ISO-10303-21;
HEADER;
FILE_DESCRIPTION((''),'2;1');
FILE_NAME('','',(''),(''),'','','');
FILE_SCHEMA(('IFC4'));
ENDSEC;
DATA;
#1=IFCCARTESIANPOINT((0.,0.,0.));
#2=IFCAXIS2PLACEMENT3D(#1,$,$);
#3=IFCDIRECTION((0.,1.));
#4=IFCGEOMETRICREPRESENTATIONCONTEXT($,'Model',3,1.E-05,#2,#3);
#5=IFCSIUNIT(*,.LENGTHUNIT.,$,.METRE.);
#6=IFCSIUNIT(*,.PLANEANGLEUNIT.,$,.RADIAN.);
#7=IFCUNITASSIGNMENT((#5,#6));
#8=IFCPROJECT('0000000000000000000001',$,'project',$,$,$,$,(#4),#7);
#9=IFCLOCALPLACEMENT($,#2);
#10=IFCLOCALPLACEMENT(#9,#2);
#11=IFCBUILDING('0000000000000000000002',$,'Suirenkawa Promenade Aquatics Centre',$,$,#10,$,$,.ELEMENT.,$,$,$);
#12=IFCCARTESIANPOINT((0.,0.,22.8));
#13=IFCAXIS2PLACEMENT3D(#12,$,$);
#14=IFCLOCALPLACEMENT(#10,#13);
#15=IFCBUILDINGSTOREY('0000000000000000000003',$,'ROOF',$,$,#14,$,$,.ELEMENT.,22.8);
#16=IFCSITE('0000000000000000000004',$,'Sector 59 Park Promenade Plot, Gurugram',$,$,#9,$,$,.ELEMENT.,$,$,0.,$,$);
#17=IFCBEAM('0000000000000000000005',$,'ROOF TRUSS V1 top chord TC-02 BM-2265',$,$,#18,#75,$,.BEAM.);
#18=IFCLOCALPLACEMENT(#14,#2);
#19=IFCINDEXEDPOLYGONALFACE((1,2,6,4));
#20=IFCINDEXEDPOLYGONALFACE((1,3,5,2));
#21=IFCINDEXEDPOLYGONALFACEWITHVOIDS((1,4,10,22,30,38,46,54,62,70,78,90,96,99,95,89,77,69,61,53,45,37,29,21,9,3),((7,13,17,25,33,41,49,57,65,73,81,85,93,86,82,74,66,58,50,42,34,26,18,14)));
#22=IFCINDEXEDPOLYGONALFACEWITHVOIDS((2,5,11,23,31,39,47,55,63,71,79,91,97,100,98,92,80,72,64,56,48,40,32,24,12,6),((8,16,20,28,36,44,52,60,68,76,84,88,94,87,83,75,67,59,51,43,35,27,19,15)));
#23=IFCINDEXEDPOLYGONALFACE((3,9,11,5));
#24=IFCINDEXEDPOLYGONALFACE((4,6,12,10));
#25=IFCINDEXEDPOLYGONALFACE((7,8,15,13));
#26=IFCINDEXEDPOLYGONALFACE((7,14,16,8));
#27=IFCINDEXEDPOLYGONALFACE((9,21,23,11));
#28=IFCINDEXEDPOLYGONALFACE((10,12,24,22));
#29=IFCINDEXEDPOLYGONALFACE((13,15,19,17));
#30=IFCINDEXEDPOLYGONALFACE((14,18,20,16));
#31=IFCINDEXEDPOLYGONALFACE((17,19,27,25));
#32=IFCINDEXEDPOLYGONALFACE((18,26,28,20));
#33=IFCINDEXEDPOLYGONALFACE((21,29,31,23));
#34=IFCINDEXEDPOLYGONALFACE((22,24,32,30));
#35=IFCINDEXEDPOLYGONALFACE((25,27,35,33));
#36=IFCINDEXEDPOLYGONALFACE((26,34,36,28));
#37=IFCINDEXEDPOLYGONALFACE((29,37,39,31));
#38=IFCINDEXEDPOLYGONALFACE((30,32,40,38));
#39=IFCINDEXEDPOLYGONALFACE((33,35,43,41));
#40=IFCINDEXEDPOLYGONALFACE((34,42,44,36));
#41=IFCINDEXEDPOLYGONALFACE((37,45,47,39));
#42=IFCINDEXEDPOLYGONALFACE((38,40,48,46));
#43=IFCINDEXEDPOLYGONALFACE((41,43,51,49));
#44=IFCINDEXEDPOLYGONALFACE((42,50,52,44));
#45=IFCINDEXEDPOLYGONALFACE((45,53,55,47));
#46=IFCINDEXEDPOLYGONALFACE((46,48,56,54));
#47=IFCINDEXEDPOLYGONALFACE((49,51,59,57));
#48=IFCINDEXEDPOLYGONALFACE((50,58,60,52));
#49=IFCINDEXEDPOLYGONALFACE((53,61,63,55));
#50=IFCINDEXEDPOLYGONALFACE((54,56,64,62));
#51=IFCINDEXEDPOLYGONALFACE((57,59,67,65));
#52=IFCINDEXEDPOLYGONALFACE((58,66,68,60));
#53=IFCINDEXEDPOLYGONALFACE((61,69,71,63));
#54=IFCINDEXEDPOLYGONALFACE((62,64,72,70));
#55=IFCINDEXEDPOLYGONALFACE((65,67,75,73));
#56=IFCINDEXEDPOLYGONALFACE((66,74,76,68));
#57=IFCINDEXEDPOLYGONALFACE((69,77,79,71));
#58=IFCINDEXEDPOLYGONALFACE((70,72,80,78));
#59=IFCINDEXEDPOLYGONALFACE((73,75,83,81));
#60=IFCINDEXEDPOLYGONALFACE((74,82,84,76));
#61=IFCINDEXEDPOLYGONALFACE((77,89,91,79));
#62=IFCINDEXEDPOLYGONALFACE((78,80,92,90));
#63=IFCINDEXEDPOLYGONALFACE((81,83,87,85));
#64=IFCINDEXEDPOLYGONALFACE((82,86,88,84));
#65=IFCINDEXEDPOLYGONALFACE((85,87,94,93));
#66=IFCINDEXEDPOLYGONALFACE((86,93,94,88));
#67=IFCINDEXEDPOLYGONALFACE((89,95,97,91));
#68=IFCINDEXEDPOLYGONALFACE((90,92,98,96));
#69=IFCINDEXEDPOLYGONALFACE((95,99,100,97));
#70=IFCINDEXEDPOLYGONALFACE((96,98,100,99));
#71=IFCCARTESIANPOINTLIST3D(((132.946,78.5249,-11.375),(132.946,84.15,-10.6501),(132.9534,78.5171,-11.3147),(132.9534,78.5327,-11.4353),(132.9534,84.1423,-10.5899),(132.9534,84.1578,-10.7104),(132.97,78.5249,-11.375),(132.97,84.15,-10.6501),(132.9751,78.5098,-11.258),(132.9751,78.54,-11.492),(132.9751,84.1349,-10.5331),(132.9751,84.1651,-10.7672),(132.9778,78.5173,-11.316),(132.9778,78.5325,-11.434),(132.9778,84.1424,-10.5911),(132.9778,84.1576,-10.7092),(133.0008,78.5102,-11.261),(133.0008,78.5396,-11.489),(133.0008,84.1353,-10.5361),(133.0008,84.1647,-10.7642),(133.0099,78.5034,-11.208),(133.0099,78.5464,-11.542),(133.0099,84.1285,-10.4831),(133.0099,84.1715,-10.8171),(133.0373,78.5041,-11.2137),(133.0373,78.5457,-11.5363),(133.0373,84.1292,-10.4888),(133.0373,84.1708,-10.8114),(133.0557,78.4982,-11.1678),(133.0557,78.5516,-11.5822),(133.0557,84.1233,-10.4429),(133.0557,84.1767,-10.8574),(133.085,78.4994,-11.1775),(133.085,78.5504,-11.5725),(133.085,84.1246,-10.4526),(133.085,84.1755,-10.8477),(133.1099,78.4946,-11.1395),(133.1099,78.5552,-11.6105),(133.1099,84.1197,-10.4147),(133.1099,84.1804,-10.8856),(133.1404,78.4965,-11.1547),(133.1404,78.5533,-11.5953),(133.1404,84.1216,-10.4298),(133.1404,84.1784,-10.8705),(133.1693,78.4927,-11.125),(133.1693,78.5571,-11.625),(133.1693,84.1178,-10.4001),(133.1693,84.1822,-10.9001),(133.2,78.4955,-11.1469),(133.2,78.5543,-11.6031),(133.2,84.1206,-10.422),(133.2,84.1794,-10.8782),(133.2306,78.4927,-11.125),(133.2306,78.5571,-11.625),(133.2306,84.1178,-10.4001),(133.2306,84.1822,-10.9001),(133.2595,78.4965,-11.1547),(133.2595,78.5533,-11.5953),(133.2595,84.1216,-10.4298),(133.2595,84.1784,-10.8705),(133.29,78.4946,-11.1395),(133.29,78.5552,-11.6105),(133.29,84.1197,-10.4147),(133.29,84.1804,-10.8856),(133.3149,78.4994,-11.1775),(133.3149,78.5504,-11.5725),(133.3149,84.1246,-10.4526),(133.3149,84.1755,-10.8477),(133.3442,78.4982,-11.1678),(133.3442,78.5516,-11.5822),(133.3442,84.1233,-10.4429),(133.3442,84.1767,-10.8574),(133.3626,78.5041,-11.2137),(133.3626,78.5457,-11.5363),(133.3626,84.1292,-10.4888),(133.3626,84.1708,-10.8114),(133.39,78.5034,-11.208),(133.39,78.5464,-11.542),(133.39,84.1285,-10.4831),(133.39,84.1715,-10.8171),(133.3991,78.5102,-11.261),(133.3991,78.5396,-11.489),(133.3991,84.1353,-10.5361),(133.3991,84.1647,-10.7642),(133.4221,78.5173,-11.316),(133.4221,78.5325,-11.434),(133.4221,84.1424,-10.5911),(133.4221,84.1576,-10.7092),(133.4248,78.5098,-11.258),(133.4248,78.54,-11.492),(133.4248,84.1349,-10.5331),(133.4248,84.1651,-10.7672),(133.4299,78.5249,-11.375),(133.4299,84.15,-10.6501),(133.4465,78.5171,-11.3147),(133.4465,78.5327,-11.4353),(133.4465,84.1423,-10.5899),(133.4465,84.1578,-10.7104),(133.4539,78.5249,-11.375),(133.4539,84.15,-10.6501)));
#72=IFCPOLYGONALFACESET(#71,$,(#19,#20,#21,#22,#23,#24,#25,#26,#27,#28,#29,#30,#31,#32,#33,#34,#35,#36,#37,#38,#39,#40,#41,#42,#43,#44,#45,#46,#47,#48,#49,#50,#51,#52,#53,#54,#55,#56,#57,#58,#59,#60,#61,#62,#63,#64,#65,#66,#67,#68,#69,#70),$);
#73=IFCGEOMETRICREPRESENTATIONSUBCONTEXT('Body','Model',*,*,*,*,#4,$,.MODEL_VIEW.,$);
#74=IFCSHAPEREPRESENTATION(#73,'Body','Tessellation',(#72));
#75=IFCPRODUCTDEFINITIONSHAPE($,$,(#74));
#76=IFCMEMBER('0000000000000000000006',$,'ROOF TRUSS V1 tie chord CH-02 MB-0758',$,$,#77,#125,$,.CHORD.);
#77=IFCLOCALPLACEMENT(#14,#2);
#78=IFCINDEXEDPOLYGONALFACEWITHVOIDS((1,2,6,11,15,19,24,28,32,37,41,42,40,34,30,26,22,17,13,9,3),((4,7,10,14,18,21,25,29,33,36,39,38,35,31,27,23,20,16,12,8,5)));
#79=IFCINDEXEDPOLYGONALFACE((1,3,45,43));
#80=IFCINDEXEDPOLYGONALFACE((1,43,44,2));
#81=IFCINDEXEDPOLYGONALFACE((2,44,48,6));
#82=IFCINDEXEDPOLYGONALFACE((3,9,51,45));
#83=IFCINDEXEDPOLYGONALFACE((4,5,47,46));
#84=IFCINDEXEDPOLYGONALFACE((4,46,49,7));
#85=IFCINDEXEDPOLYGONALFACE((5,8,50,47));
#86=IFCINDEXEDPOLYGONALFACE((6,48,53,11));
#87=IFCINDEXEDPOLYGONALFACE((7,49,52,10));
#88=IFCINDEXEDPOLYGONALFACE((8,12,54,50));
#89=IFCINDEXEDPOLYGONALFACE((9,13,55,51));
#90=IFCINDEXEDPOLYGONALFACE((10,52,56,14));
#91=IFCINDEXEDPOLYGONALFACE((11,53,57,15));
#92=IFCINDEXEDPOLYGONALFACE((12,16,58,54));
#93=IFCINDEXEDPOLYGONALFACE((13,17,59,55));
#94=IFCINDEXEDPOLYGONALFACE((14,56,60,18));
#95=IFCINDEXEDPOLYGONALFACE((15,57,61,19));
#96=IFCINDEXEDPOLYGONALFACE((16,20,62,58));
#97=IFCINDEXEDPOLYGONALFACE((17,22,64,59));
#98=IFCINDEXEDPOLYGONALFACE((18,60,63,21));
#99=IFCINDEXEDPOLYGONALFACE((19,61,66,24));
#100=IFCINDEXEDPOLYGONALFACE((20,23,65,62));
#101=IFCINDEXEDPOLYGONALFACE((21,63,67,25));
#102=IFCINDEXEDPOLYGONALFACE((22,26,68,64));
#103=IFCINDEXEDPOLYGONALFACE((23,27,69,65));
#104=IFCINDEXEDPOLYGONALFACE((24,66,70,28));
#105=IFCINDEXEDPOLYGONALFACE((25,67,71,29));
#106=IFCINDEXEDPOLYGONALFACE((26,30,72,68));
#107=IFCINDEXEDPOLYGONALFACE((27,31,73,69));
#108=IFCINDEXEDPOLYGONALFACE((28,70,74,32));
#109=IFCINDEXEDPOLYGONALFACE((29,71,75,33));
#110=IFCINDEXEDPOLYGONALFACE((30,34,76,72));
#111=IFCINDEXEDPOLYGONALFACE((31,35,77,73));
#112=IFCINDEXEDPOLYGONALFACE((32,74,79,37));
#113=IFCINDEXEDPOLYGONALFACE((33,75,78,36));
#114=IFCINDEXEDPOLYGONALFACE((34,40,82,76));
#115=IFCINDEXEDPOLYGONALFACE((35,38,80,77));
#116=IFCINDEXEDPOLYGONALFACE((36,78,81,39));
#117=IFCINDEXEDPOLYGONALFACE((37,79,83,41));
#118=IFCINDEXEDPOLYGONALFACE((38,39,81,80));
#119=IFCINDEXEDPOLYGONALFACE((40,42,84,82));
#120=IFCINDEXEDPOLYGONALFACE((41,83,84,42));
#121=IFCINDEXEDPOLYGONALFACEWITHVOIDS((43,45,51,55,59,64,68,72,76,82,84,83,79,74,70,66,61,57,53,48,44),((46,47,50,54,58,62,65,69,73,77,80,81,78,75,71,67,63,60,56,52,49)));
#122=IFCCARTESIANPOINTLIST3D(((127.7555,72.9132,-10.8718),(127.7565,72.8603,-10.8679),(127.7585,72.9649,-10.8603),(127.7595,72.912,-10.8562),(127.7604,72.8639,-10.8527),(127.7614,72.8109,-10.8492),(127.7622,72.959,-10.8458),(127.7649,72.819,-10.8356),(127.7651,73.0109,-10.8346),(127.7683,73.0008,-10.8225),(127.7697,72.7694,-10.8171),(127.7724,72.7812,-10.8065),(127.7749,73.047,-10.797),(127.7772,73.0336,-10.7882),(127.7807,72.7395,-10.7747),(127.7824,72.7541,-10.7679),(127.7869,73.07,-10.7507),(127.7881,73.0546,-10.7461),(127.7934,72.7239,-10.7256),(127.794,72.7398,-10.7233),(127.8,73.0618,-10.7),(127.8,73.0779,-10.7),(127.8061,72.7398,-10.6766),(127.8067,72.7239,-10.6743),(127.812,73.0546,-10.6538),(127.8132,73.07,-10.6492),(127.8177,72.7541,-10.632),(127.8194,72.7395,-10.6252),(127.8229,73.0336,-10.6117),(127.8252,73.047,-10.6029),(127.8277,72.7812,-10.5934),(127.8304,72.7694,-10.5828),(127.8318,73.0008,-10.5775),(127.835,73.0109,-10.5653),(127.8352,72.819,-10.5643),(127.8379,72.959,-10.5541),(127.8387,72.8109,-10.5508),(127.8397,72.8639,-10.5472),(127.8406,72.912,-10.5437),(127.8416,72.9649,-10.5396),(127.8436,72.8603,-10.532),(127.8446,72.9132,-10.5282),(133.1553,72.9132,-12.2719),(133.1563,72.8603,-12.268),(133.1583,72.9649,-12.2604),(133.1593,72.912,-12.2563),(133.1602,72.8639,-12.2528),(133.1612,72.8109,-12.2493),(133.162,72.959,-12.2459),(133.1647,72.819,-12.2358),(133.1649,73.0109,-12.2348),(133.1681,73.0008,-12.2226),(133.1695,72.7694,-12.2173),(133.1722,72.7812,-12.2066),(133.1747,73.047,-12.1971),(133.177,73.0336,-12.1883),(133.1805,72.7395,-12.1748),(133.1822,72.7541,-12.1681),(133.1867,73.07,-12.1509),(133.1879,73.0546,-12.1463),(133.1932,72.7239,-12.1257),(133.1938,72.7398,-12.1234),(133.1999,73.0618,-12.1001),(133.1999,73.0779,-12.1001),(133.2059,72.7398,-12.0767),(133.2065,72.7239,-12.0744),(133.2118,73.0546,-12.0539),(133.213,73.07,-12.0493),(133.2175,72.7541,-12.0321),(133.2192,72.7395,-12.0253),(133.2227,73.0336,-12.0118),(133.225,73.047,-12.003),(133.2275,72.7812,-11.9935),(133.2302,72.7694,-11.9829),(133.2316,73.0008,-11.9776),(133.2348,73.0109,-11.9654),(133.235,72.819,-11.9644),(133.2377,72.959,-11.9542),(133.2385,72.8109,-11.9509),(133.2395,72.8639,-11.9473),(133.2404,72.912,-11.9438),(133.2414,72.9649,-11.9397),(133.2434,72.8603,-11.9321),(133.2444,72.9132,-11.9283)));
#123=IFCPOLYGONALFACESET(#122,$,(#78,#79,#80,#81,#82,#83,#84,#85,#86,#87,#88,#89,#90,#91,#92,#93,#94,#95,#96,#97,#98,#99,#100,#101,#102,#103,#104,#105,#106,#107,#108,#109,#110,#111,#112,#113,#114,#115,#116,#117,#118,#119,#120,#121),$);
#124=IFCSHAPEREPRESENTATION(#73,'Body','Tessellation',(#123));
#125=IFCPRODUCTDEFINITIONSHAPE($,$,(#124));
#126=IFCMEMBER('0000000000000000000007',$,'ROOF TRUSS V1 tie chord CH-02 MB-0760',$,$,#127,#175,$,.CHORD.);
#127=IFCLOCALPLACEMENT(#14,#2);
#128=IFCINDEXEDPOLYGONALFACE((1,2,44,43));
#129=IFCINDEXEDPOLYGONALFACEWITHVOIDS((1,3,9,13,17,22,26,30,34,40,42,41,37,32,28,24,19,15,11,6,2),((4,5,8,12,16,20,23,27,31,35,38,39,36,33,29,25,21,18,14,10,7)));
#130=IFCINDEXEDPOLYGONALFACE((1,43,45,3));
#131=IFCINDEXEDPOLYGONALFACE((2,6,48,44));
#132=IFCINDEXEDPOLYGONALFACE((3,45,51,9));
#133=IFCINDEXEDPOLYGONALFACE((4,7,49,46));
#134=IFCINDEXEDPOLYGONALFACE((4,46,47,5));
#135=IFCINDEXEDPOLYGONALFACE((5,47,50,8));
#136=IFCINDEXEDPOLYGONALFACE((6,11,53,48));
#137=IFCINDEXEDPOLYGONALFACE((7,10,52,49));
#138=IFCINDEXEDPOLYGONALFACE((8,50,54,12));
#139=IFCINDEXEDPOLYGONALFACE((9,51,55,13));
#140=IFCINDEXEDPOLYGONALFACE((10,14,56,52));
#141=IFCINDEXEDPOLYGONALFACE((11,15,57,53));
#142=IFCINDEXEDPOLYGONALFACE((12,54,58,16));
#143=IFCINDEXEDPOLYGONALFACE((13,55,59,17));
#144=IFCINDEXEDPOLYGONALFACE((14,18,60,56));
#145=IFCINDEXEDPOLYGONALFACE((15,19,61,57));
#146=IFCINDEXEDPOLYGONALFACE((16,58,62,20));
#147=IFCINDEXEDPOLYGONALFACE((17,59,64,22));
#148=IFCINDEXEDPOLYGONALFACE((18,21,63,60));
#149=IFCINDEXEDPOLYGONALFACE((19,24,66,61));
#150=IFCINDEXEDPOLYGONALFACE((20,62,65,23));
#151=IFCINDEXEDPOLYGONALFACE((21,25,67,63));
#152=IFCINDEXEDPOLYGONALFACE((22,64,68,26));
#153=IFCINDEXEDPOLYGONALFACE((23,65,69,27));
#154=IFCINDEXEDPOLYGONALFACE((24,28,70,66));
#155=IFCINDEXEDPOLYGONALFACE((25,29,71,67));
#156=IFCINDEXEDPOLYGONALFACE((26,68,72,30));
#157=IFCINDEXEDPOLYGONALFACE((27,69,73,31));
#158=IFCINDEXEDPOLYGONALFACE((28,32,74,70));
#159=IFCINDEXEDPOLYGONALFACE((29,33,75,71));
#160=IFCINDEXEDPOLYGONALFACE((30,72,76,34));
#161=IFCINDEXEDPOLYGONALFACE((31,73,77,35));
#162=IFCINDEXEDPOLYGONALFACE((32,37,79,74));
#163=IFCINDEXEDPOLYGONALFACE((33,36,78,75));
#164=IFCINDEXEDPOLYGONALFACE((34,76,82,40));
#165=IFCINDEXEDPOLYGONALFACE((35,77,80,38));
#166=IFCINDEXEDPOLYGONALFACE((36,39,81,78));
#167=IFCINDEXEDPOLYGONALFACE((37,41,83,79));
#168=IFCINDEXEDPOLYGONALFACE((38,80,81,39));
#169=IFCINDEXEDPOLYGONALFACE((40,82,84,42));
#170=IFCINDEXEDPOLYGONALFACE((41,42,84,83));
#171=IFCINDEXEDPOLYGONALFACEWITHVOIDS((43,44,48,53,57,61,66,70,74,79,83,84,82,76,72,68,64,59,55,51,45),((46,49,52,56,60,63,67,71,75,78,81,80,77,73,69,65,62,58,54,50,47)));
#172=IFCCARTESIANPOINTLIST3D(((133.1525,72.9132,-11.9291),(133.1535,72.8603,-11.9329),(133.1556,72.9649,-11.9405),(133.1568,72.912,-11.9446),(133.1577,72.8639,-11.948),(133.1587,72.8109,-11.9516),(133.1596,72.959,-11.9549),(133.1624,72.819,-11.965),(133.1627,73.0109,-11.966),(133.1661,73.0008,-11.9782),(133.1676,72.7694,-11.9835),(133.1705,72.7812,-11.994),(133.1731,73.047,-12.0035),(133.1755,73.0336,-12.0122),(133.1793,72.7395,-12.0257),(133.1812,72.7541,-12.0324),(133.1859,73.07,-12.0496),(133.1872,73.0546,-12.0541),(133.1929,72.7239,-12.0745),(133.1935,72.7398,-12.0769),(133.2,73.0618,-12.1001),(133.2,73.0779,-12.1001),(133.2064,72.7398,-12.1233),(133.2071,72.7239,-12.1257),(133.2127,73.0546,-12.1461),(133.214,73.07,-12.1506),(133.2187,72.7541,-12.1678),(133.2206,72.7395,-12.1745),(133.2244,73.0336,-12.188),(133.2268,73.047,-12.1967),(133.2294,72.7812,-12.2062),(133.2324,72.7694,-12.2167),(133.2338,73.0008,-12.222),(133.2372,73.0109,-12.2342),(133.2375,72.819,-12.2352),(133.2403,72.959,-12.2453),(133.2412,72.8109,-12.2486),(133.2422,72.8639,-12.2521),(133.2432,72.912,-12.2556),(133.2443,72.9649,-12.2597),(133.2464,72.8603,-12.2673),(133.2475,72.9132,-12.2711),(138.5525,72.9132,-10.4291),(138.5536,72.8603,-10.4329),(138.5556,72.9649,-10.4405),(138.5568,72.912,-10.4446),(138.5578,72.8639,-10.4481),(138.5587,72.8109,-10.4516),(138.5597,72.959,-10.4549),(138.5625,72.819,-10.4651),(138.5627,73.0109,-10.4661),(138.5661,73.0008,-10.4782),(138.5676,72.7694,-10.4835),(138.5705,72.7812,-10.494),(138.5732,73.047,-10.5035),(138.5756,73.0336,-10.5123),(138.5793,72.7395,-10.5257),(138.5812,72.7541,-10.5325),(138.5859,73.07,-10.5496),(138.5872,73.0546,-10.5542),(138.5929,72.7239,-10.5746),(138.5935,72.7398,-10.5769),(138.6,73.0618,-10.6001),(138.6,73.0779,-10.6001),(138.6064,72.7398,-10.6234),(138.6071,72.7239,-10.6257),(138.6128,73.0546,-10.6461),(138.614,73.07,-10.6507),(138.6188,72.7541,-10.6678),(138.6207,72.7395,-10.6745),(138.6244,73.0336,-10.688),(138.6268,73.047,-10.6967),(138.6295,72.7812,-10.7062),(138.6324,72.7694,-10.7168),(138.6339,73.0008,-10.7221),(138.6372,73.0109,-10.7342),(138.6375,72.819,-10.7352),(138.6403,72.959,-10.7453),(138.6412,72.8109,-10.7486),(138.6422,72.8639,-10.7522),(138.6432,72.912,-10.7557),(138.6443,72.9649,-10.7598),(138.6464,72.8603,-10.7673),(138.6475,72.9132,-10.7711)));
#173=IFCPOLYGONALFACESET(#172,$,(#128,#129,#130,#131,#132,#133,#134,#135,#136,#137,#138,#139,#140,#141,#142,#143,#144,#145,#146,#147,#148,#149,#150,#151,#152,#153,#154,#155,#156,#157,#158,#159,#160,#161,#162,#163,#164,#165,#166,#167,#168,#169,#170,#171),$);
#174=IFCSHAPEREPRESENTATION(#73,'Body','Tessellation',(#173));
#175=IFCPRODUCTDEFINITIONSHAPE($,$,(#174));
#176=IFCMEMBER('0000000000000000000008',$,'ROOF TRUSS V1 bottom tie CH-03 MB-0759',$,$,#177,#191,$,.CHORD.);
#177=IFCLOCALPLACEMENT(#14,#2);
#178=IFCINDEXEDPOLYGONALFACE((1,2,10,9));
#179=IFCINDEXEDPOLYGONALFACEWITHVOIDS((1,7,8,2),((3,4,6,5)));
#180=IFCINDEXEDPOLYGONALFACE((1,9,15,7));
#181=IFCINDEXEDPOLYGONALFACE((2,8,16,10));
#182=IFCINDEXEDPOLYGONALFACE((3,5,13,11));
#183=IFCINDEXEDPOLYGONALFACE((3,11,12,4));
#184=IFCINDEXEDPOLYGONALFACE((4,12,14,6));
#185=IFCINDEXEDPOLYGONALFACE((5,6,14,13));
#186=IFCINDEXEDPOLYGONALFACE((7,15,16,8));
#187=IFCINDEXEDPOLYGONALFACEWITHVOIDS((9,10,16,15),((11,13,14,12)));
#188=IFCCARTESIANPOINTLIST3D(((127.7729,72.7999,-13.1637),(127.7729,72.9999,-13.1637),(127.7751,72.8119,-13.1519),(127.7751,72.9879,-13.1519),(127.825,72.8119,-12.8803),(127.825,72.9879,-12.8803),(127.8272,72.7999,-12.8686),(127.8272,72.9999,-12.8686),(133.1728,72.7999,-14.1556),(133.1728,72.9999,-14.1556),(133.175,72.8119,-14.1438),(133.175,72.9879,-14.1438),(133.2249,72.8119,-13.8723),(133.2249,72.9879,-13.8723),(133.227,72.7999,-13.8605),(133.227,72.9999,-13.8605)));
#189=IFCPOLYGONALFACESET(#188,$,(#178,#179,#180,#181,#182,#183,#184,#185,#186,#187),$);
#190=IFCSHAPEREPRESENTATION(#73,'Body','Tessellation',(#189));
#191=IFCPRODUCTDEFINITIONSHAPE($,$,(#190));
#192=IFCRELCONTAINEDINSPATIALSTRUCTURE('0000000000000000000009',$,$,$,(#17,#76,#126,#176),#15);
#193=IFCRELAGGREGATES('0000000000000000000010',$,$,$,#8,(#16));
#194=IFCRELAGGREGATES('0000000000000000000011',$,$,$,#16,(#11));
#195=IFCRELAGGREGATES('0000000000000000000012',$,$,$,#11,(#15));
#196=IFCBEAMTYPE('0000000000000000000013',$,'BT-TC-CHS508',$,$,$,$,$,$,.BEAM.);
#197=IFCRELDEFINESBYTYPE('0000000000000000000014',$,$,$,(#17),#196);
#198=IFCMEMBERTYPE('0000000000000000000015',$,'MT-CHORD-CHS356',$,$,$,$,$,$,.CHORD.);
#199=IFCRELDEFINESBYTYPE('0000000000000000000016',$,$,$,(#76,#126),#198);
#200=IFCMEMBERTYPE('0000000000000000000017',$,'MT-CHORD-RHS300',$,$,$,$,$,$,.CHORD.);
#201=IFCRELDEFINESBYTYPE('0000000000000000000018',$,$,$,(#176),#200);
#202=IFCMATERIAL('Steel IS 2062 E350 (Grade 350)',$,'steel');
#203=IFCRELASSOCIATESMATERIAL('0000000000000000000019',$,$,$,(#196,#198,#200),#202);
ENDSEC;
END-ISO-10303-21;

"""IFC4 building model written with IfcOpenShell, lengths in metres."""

from ifc_helpers import new_model, si_unit, direction, frame, origin, origin_2d, place, context, subcontext, project, spatial, hollow_rectangle, hollow_circle, extrude, material, material_profile, profile_set, type_object, element, save


model = new_model("IFC4")

# Units and contexts
model_context = context("Model", 3, precision=1e-05, world=origin(), true_north=direction((0.0, 1.0)))
body_context = subcontext(model_context, "Body", "Model", "MODEL_VIEW")
ifc_project = project(units=[si_unit("LENGTHUNIT", "METRE"), si_unit("PLANEANGLEUNIT", "RADIAN")], contexts=[model_context])

# Site, building, storey
site_placement = place(None, origin())
site = spatial("IfcSite", under=ifc_project, at=site_placement, Name="Sector 59 Park Promenade Plot, Gurugram", CompositionType="ELEMENT", RefElevation=0.0)
building_placement = place(site_placement, origin())
building = spatial("IfcBuilding", under=site, at=building_placement, Name="Suirenkawa Promenade Aquatics Centre", CompositionType="ELEMENT")
storey_placement = place(building_placement, frame((0.0, 0.0, 22.8)))
storey = spatial("IfcBuildingStorey", under=building, at=storey_placement, Name="ROOF", CompositionType="ELEMENT", Elevation=22.8)

# Beam
ifc_material = material(Name="Steel IS 2062 E350 (Grade 350)", Category="steel")
ifc_material_profile_1 = material_profile(ifc_material, hollow_circle(Radius=0.2539, WallThickness=0.0239, at=origin_2d()), Name="CHS 508x24", Category="steel")
ifc_profile_set_1 = profile_set([ifc_material_profile_1], Name="Steel IS 2062 E350 (Grade 350)")
beam_type_1 = type_object("IfcBeamType", Name="BT-TC-CHS508", PredefinedType="BEAM", material=ifc_profile_set_1)
for number, where, z_axis, x_axis, name in (
    (1, (133.2, 78.5249, -11.375), (0.0, 0.991799, 0.127806), (-1.0, 0.0, 0.0), "ROOF TRUSS V1 top chord TC-02 BM-2265"),
):
    element("IfcBeam", number, at=place(storey_placement, frame(where, z_axis=z_axis, x_axis=x_axis)), inside=storey, type_object=beam_type_1, Name=name, PredefinedType="BEAM", context=body_context, shape_type="SweptSolid", body=[
        extrude(hollow_circle(Radius=0.2539, WallThickness=0.0239, at=origin_2d()), origin(), (0.0, 0.0, 1.0), 5.6716),
    ])

# Members
ifc_material_profile_2 = material_profile(ifc_material, hollow_circle(Radius=0.178, WallThickness=0.0161, at=origin_2d()), Name="CHS 356x16", Category="steel")
ifc_profile_set_2 = profile_set([ifc_material_profile_2], Name="Steel IS 2062 E350 (Grade 350)")
member_type_1 = type_object("IfcMemberType", Name="MT-CHORD-CHS356", PredefinedType="CHORD", material=ifc_profile_set_2)
member_1_placement = place(storey_placement, frame((127.8, 72.8999, -10.7), z_axis=(0.967989, 0.0, -0.250991), x_axis=(0.0, 1.0, 0.0)))
element("IfcMember", 2, at=member_1_placement, inside=storey, type_object=member_type_1, Name="ROOF TRUSS V1 tie chord CH-02 MB-0758", PredefinedType="CHORD", context=body_context, shape_type="SweptSolid", body=[
    extrude(hollow_circle(Radius=0.178, WallThickness=0.0161, at=origin_2d()), origin(), (0.0, 0.0, 1.0), 5.5784),
])
member_2_placement = place(storey_placement, frame((133.2, 72.8999, -12.1001), z_axis=(0.96352, 0.0, 0.267637), x_axis=(0.0, 1.0, 0.0)))
element("IfcMember", 3, at=member_2_placement, inside=storey, type_object=member_type_1, Name="ROOF TRUSS V1 tie chord CH-02 MB-0760", PredefinedType="CHORD", context=body_context, shape_type="SweptSolid", body=[
    extrude(hollow_circle(Radius=0.178, WallThickness=0.0161, at=origin_2d()), origin(), (0.0, 0.0, 1.0), 5.6045),
])
ifc_material_profile_3 = material_profile(ifc_material, hollow_rectangle(XDim=0.2, YDim=0.3, WallThickness=0.012, at=origin_2d()), Name="RHS 300x200x12", Category="steel")
ifc_profile_set_3 = profile_set([ifc_material_profile_3], Name="Steel IS 2062 E350 (Grade 350)")
member_type_2 = type_object("IfcMemberType", Name="MT-CHORD-RHS300", PredefinedType="CHORD", material=ifc_profile_set_3)
member_3_placement = place(storey_placement, frame((127.8, 72.8999, -13.0161), z_axis=(0.983543, 0.0, -0.180673), x_axis=(0.0, 1.0, 0.0)))
element("IfcMember", 4, at=member_3_placement, inside=storey, type_object=member_type_2, Name="ROOF TRUSS V1 bottom tie CH-03 MB-0759", PredefinedType="CHORD", context=body_context, shape_type="SweptSolid", body=[
    extrude(hollow_rectangle(XDim=0.2, YDim=0.3, WallThickness=0.012, at=origin_2d()), origin(), (0.0, 0.0, 1.0), 5.4902),
])

save(model, "model.ifc")
